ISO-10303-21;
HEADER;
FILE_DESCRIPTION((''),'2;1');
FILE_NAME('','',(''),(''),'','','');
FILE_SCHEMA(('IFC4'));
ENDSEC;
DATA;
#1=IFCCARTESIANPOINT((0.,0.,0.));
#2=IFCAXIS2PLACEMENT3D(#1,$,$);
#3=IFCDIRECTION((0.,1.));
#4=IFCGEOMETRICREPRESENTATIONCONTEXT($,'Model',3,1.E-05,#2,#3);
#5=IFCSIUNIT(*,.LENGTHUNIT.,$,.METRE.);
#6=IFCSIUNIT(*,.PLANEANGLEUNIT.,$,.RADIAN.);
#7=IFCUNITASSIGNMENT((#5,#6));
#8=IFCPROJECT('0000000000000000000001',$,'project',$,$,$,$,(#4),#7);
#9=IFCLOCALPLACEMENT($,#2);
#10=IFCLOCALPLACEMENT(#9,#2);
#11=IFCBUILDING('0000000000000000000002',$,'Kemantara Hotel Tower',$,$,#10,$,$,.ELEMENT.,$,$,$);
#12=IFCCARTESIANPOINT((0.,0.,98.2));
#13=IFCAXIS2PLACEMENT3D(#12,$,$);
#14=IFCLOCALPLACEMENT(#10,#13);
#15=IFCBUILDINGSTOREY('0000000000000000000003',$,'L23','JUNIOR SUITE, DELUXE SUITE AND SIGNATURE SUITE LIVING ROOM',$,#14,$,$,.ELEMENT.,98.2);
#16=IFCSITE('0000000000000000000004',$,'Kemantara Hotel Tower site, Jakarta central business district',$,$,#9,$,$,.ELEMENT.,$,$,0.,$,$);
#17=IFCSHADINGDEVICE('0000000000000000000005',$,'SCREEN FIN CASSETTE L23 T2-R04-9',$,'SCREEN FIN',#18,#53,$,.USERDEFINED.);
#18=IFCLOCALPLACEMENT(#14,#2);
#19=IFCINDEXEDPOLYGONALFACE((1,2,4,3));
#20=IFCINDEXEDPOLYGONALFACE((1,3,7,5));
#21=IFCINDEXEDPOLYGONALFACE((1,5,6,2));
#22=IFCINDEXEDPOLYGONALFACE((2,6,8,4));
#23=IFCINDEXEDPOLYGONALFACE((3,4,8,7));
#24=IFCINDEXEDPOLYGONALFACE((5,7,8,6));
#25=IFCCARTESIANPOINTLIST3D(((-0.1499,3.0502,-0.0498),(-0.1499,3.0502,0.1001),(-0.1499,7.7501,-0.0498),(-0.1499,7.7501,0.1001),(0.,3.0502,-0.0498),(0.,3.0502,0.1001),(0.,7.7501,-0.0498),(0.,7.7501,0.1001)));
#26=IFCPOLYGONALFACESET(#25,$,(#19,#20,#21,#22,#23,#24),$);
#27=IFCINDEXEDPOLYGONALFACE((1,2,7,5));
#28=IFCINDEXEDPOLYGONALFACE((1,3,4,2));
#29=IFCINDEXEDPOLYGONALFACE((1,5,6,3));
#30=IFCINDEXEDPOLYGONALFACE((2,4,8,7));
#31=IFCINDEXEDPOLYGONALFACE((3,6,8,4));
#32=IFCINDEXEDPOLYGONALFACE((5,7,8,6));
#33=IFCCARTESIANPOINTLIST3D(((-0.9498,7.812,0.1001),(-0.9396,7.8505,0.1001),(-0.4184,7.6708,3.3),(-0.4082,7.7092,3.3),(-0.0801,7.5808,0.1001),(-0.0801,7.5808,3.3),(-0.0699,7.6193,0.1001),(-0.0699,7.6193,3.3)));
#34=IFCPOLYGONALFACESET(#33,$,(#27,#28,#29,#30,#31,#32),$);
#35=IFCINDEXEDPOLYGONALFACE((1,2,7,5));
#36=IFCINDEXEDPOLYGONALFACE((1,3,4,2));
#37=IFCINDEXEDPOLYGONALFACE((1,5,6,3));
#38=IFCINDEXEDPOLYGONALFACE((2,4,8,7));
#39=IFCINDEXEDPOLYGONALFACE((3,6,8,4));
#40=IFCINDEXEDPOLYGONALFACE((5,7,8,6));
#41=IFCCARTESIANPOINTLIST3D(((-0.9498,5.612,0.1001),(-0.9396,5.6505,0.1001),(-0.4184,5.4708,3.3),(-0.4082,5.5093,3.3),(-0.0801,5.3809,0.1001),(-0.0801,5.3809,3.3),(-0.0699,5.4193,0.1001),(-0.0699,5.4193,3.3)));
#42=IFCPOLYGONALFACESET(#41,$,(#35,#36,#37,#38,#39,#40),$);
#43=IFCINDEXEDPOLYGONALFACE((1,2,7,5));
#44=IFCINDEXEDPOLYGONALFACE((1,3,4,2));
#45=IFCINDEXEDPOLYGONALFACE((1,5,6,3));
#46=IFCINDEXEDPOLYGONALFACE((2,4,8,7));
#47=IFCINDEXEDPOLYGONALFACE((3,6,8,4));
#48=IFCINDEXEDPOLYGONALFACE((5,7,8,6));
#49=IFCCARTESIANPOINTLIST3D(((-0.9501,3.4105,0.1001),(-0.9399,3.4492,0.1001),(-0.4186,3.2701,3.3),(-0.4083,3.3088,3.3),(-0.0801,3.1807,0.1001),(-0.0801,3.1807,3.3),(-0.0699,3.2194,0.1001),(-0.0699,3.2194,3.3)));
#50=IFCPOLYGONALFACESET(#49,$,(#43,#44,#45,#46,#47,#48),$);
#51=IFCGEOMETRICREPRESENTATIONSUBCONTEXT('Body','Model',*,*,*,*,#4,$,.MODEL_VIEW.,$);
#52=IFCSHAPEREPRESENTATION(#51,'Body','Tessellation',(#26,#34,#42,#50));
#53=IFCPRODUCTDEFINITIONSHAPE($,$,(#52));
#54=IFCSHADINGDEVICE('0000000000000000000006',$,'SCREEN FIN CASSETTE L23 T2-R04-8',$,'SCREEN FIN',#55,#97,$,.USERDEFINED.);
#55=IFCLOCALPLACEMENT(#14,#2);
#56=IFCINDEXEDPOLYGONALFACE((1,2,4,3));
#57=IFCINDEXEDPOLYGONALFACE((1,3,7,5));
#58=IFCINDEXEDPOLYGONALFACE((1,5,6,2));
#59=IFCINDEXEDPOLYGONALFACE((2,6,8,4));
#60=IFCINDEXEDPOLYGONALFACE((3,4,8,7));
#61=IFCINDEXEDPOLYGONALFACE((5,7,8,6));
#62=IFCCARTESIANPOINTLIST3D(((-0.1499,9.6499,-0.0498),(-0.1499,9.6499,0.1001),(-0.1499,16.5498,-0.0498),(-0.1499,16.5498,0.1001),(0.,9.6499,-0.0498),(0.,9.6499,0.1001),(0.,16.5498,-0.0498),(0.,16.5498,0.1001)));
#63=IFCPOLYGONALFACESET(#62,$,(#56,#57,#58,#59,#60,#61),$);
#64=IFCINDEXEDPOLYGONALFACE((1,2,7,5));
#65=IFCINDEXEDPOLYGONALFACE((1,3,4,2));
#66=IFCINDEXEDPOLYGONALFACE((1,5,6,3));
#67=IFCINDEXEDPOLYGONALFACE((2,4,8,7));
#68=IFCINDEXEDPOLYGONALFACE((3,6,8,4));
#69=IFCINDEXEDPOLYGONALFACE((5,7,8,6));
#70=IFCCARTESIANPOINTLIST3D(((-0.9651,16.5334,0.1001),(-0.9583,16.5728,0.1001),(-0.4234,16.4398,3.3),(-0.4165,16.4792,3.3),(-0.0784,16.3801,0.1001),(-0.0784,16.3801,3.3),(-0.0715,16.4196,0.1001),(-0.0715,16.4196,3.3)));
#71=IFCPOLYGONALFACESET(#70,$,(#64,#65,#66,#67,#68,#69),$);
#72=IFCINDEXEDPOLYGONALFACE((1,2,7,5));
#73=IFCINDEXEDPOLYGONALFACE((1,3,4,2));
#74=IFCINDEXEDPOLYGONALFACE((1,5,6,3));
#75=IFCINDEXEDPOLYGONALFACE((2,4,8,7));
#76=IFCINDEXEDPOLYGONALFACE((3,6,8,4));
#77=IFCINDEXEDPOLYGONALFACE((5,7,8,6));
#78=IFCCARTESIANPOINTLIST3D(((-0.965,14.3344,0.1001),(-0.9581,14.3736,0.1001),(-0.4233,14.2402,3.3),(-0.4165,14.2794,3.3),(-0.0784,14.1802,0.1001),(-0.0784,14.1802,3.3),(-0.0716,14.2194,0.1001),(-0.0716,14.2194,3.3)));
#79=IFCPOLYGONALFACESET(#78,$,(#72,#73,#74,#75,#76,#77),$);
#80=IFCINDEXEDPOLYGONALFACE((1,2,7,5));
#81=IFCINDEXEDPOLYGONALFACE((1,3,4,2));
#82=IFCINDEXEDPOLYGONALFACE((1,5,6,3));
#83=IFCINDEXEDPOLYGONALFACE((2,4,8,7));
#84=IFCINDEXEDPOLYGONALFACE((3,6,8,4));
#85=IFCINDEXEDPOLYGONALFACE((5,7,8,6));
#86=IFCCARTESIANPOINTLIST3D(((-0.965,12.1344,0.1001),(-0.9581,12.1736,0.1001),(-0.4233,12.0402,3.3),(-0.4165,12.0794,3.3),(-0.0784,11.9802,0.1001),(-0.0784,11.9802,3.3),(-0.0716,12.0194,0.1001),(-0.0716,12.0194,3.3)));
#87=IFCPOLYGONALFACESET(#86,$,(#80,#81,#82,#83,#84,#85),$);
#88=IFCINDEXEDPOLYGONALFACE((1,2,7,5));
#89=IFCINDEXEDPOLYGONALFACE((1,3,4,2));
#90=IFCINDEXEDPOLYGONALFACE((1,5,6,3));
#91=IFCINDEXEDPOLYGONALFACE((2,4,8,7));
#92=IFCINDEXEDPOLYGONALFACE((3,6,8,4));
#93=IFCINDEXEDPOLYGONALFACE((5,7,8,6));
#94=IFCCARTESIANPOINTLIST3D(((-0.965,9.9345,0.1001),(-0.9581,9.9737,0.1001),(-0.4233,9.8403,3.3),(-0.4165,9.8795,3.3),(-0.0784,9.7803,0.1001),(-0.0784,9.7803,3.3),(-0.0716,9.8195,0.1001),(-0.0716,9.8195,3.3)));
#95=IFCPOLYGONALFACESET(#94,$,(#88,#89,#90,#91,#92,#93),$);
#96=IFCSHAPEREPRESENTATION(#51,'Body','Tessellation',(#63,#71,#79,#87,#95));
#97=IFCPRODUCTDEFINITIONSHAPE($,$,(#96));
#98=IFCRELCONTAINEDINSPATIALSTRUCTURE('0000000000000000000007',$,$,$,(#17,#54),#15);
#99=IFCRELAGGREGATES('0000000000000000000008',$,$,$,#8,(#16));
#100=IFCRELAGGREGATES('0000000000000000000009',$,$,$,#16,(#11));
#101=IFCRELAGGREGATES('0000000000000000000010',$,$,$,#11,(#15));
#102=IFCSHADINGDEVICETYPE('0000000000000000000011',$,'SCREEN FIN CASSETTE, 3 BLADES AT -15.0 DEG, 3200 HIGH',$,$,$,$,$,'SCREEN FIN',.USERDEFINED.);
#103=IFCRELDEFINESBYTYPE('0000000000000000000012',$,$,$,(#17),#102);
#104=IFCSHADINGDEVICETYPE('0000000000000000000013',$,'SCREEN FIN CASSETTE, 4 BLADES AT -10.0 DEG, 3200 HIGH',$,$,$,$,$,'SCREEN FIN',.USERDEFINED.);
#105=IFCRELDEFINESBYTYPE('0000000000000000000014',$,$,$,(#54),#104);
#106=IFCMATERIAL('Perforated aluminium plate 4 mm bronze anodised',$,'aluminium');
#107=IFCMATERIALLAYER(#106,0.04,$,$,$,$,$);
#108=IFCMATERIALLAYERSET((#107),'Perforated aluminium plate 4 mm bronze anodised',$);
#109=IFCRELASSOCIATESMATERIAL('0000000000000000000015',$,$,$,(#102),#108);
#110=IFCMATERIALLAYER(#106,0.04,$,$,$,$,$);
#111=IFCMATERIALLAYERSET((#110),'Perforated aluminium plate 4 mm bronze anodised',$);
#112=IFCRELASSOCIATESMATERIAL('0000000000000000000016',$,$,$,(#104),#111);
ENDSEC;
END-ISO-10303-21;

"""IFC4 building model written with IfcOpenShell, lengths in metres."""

from ifc_helpers import new_model, si_unit, direction, frame, origin, origin_2d, place, context, subcontext, project, spatial, polyline, rectangle, outline, extrude, source, transform, mapped, material, layer, layer_set, type_object, element, save


model = new_model("IFC4")

# Units and contexts
model_context = context("Model", 3, precision=1e-05, world=origin(), true_north=direction((0.0, 1.0)))
body_context = subcontext(model_context, "Body", "Model", "MODEL_VIEW")
ifc_project = project(units=[si_unit("LENGTHUNIT", "METRE"), si_unit("PLANEANGLEUNIT", "RADIAN")], contexts=[model_context])

# Site, building, storey
site_placement = place(None, origin())
site = spatial("IfcSite", under=ifc_project, at=site_placement, Name="Kemantara Hotel Tower site, Jakarta central business district", CompositionType="ELEMENT", RefElevation=0.0)
building_placement = place(site_placement, origin())
building = spatial("IfcBuilding", under=site, at=building_placement, Name="Kemantara Hotel Tower", CompositionType="ELEMENT")
storey_placement = place(building_placement, frame((0.0, 0.0, 98.2)))
storey = spatial("IfcBuildingStorey", under=building, at=storey_placement, Name="L23", Description="JUNIOR SUITE, DELUXE SUITE AND SIGNATURE SUITE LIVING ROOM", CompositionType="ELEMENT", Elevation=98.2)

# Shading devices
ifc_material_1 = material(Name="Perforated aluminium plate 4 mm bronze anodised", Category="aluminium")
ifc_layer_1 = layer(ifc_material_1, 0.04)
ifc_layer_set_1 = layer_set([ifc_layer_1], Name="Perforated aluminium plate 4 mm bronze anodised")
shading_device_type_1 = type_object("IfcShadingDeviceType", Name="SCREEN FIN CASSETTE, 3 BLADES AT -15.0 DEG, 3200 HIGH", ElementType="SCREEN FIN", PredefinedType="USERDEFINED", material=ifc_layer_set_1)
shared_shape_1 = source(origin(), body_context, "Body", "SweptSolid", [
    extrude(rectangle(XDim=4.7, YDim=0.1499, at=origin_2d()), frame((2.2, -0.075, -0.1499), z_axis=(0.0, 0.0, 1.0), x_axis=(1.0, 0.0, 0.0)), (0.0, 0.0, 1.0), 0.1499),
    extrude(outline(polyline([(0.0, 0.0), (0.8999, 0.0), (0.3501, 3.2), (0.0, 3.2), (0.0, 0.0)])), frame((0.0193, -0.0801, 0.0), z_axis=(-0.966438, 0.256901, 0.0), x_axis=(-0.256901, -0.966438, 0.0)), (0.0, 0.0, 1.0), 0.0398),
    extrude(outline(polyline([(0.0, 0.0), (0.8999, 0.0), (0.3501, 3.2), (0.0, 3.2), (0.0, 0.0)])), frame((2.2192, -0.0801, 0.0), z_axis=(-0.966438, 0.256901, 0.0), x_axis=(-0.256901, -0.966438, 0.0)), (0.0, 0.0, 1.0), 0.0398),
    extrude(outline(polyline([(0.0, 0.0), (0.8999, 0.0), (0.3501, 3.2), (0.0, 3.2), (0.0, 0.0)])), frame((4.4194, -0.0801, 0.0), z_axis=(-0.966838, 0.255391, 0.0), x_axis=(-0.255391, -0.966838, 0.0)), (0.0, 0.0, 1.0), 0.04),
])
shading_device_1_placement = place(storey_placement, frame((0.0, 7.6001, 0.1001), z_axis=(0.0, 0.0, 1.0), x_axis=(0.0, -1.0, 0.0)))
element("IfcShadingDevice", 1, at=shading_device_1_placement, inside=storey, type_object=shading_device_type_1, Name="SCREEN FIN CASSETTE L23 T2-R04-9", ObjectType="SCREEN FIN", PredefinedType="USERDEFINED", context=body_context, shape_type="MappedRepresentation", body=[
    mapped(shared_shape_1, transform((0.0, 0.0, 0.0))),
])
ifc_layer_2 = layer(ifc_material_1, 0.04)
ifc_layer_set_2 = layer_set([ifc_layer_2], Name="Perforated aluminium plate 4 mm bronze anodised")
shading_device_type_2 = type_object("IfcShadingDeviceType", Name="SCREEN FIN CASSETTE, 4 BLADES AT -10.0 DEG, 3200 HIGH", ElementType="SCREEN FIN", PredefinedType="USERDEFINED", material=ifc_layer_set_2)
shared_shape_2 = source(origin(), body_context, "Body", "SweptSolid", [
    extrude(rectangle(XDim=6.8999, YDim=0.1499, at=origin_2d()), frame((3.3, -0.075, -0.1499), z_axis=(0.0, 0.0, 1.0), x_axis=(1.0, 0.0, 0.0)), (0.0, 0.0, 1.0), 0.1499),
    extrude(outline(polyline([(0.0, 0.0), (0.8999, 0.0), (0.3501, 3.2), (0.0, 3.2), (0.0, 0.0)])), frame((0.0198, -0.0784, 0.0), z_axis=(-0.98539, 0.170314, 0.0), x_axis=(-0.170314, -0.98539, 0.0)), (0.0, 0.0, 1.0), 0.04),
    extrude(outline(polyline([(0.0, 0.0), (0.8999, 0.0), (0.3501, 3.2), (0.0, 3.2), (0.0, 0.0)])), frame((2.2197, -0.0784, 0.0), z_axis=(-0.985212, 0.171341, 0.0), x_axis=(-0.171341, -0.985212, 0.0)), (0.0, 0.0, 1.0), 0.0398),
    extrude(outline(polyline([(0.0, 0.0), (0.8999, 0.0), (0.3501, 3.2), (0.0, 3.2), (0.0, 0.0)])), frame((4.4197, -0.0784, 0.0), z_axis=(-0.985212, 0.171341, 0.0), x_axis=(-0.171341, -0.985212, 0.0)), (0.0, 0.0, 1.0), 0.0398),
    extrude(outline(polyline([(0.0, 0.0), (0.8999, 0.0), (0.3501, 3.2), (0.0, 3.2), (0.0, 0.0)])), frame((6.6196, -0.0784, 0.0), z_axis=(-0.985212, 0.171341, 0.0), x_axis=(-0.171341, -0.985212, 0.0)), (0.0, 0.0, 1.0), 0.0398),
])
shading_device_2_placement = place(storey_placement, frame((0.0, 16.3999, 0.1001), z_axis=(0.0, 0.0, 1.0), x_axis=(0.0, -1.0, 0.0)))
element("IfcShadingDevice", 2, at=shading_device_2_placement, inside=storey, type_object=shading_device_type_2, Name="SCREEN FIN CASSETTE L23 T2-R04-8", ObjectType="SCREEN FIN", PredefinedType="USERDEFINED", context=body_context, shape_type="MappedRepresentation", body=[
    mapped(shared_shape_2, transform((0.0, 0.0, 0.0))),
])

save(model, "model.ifc")
